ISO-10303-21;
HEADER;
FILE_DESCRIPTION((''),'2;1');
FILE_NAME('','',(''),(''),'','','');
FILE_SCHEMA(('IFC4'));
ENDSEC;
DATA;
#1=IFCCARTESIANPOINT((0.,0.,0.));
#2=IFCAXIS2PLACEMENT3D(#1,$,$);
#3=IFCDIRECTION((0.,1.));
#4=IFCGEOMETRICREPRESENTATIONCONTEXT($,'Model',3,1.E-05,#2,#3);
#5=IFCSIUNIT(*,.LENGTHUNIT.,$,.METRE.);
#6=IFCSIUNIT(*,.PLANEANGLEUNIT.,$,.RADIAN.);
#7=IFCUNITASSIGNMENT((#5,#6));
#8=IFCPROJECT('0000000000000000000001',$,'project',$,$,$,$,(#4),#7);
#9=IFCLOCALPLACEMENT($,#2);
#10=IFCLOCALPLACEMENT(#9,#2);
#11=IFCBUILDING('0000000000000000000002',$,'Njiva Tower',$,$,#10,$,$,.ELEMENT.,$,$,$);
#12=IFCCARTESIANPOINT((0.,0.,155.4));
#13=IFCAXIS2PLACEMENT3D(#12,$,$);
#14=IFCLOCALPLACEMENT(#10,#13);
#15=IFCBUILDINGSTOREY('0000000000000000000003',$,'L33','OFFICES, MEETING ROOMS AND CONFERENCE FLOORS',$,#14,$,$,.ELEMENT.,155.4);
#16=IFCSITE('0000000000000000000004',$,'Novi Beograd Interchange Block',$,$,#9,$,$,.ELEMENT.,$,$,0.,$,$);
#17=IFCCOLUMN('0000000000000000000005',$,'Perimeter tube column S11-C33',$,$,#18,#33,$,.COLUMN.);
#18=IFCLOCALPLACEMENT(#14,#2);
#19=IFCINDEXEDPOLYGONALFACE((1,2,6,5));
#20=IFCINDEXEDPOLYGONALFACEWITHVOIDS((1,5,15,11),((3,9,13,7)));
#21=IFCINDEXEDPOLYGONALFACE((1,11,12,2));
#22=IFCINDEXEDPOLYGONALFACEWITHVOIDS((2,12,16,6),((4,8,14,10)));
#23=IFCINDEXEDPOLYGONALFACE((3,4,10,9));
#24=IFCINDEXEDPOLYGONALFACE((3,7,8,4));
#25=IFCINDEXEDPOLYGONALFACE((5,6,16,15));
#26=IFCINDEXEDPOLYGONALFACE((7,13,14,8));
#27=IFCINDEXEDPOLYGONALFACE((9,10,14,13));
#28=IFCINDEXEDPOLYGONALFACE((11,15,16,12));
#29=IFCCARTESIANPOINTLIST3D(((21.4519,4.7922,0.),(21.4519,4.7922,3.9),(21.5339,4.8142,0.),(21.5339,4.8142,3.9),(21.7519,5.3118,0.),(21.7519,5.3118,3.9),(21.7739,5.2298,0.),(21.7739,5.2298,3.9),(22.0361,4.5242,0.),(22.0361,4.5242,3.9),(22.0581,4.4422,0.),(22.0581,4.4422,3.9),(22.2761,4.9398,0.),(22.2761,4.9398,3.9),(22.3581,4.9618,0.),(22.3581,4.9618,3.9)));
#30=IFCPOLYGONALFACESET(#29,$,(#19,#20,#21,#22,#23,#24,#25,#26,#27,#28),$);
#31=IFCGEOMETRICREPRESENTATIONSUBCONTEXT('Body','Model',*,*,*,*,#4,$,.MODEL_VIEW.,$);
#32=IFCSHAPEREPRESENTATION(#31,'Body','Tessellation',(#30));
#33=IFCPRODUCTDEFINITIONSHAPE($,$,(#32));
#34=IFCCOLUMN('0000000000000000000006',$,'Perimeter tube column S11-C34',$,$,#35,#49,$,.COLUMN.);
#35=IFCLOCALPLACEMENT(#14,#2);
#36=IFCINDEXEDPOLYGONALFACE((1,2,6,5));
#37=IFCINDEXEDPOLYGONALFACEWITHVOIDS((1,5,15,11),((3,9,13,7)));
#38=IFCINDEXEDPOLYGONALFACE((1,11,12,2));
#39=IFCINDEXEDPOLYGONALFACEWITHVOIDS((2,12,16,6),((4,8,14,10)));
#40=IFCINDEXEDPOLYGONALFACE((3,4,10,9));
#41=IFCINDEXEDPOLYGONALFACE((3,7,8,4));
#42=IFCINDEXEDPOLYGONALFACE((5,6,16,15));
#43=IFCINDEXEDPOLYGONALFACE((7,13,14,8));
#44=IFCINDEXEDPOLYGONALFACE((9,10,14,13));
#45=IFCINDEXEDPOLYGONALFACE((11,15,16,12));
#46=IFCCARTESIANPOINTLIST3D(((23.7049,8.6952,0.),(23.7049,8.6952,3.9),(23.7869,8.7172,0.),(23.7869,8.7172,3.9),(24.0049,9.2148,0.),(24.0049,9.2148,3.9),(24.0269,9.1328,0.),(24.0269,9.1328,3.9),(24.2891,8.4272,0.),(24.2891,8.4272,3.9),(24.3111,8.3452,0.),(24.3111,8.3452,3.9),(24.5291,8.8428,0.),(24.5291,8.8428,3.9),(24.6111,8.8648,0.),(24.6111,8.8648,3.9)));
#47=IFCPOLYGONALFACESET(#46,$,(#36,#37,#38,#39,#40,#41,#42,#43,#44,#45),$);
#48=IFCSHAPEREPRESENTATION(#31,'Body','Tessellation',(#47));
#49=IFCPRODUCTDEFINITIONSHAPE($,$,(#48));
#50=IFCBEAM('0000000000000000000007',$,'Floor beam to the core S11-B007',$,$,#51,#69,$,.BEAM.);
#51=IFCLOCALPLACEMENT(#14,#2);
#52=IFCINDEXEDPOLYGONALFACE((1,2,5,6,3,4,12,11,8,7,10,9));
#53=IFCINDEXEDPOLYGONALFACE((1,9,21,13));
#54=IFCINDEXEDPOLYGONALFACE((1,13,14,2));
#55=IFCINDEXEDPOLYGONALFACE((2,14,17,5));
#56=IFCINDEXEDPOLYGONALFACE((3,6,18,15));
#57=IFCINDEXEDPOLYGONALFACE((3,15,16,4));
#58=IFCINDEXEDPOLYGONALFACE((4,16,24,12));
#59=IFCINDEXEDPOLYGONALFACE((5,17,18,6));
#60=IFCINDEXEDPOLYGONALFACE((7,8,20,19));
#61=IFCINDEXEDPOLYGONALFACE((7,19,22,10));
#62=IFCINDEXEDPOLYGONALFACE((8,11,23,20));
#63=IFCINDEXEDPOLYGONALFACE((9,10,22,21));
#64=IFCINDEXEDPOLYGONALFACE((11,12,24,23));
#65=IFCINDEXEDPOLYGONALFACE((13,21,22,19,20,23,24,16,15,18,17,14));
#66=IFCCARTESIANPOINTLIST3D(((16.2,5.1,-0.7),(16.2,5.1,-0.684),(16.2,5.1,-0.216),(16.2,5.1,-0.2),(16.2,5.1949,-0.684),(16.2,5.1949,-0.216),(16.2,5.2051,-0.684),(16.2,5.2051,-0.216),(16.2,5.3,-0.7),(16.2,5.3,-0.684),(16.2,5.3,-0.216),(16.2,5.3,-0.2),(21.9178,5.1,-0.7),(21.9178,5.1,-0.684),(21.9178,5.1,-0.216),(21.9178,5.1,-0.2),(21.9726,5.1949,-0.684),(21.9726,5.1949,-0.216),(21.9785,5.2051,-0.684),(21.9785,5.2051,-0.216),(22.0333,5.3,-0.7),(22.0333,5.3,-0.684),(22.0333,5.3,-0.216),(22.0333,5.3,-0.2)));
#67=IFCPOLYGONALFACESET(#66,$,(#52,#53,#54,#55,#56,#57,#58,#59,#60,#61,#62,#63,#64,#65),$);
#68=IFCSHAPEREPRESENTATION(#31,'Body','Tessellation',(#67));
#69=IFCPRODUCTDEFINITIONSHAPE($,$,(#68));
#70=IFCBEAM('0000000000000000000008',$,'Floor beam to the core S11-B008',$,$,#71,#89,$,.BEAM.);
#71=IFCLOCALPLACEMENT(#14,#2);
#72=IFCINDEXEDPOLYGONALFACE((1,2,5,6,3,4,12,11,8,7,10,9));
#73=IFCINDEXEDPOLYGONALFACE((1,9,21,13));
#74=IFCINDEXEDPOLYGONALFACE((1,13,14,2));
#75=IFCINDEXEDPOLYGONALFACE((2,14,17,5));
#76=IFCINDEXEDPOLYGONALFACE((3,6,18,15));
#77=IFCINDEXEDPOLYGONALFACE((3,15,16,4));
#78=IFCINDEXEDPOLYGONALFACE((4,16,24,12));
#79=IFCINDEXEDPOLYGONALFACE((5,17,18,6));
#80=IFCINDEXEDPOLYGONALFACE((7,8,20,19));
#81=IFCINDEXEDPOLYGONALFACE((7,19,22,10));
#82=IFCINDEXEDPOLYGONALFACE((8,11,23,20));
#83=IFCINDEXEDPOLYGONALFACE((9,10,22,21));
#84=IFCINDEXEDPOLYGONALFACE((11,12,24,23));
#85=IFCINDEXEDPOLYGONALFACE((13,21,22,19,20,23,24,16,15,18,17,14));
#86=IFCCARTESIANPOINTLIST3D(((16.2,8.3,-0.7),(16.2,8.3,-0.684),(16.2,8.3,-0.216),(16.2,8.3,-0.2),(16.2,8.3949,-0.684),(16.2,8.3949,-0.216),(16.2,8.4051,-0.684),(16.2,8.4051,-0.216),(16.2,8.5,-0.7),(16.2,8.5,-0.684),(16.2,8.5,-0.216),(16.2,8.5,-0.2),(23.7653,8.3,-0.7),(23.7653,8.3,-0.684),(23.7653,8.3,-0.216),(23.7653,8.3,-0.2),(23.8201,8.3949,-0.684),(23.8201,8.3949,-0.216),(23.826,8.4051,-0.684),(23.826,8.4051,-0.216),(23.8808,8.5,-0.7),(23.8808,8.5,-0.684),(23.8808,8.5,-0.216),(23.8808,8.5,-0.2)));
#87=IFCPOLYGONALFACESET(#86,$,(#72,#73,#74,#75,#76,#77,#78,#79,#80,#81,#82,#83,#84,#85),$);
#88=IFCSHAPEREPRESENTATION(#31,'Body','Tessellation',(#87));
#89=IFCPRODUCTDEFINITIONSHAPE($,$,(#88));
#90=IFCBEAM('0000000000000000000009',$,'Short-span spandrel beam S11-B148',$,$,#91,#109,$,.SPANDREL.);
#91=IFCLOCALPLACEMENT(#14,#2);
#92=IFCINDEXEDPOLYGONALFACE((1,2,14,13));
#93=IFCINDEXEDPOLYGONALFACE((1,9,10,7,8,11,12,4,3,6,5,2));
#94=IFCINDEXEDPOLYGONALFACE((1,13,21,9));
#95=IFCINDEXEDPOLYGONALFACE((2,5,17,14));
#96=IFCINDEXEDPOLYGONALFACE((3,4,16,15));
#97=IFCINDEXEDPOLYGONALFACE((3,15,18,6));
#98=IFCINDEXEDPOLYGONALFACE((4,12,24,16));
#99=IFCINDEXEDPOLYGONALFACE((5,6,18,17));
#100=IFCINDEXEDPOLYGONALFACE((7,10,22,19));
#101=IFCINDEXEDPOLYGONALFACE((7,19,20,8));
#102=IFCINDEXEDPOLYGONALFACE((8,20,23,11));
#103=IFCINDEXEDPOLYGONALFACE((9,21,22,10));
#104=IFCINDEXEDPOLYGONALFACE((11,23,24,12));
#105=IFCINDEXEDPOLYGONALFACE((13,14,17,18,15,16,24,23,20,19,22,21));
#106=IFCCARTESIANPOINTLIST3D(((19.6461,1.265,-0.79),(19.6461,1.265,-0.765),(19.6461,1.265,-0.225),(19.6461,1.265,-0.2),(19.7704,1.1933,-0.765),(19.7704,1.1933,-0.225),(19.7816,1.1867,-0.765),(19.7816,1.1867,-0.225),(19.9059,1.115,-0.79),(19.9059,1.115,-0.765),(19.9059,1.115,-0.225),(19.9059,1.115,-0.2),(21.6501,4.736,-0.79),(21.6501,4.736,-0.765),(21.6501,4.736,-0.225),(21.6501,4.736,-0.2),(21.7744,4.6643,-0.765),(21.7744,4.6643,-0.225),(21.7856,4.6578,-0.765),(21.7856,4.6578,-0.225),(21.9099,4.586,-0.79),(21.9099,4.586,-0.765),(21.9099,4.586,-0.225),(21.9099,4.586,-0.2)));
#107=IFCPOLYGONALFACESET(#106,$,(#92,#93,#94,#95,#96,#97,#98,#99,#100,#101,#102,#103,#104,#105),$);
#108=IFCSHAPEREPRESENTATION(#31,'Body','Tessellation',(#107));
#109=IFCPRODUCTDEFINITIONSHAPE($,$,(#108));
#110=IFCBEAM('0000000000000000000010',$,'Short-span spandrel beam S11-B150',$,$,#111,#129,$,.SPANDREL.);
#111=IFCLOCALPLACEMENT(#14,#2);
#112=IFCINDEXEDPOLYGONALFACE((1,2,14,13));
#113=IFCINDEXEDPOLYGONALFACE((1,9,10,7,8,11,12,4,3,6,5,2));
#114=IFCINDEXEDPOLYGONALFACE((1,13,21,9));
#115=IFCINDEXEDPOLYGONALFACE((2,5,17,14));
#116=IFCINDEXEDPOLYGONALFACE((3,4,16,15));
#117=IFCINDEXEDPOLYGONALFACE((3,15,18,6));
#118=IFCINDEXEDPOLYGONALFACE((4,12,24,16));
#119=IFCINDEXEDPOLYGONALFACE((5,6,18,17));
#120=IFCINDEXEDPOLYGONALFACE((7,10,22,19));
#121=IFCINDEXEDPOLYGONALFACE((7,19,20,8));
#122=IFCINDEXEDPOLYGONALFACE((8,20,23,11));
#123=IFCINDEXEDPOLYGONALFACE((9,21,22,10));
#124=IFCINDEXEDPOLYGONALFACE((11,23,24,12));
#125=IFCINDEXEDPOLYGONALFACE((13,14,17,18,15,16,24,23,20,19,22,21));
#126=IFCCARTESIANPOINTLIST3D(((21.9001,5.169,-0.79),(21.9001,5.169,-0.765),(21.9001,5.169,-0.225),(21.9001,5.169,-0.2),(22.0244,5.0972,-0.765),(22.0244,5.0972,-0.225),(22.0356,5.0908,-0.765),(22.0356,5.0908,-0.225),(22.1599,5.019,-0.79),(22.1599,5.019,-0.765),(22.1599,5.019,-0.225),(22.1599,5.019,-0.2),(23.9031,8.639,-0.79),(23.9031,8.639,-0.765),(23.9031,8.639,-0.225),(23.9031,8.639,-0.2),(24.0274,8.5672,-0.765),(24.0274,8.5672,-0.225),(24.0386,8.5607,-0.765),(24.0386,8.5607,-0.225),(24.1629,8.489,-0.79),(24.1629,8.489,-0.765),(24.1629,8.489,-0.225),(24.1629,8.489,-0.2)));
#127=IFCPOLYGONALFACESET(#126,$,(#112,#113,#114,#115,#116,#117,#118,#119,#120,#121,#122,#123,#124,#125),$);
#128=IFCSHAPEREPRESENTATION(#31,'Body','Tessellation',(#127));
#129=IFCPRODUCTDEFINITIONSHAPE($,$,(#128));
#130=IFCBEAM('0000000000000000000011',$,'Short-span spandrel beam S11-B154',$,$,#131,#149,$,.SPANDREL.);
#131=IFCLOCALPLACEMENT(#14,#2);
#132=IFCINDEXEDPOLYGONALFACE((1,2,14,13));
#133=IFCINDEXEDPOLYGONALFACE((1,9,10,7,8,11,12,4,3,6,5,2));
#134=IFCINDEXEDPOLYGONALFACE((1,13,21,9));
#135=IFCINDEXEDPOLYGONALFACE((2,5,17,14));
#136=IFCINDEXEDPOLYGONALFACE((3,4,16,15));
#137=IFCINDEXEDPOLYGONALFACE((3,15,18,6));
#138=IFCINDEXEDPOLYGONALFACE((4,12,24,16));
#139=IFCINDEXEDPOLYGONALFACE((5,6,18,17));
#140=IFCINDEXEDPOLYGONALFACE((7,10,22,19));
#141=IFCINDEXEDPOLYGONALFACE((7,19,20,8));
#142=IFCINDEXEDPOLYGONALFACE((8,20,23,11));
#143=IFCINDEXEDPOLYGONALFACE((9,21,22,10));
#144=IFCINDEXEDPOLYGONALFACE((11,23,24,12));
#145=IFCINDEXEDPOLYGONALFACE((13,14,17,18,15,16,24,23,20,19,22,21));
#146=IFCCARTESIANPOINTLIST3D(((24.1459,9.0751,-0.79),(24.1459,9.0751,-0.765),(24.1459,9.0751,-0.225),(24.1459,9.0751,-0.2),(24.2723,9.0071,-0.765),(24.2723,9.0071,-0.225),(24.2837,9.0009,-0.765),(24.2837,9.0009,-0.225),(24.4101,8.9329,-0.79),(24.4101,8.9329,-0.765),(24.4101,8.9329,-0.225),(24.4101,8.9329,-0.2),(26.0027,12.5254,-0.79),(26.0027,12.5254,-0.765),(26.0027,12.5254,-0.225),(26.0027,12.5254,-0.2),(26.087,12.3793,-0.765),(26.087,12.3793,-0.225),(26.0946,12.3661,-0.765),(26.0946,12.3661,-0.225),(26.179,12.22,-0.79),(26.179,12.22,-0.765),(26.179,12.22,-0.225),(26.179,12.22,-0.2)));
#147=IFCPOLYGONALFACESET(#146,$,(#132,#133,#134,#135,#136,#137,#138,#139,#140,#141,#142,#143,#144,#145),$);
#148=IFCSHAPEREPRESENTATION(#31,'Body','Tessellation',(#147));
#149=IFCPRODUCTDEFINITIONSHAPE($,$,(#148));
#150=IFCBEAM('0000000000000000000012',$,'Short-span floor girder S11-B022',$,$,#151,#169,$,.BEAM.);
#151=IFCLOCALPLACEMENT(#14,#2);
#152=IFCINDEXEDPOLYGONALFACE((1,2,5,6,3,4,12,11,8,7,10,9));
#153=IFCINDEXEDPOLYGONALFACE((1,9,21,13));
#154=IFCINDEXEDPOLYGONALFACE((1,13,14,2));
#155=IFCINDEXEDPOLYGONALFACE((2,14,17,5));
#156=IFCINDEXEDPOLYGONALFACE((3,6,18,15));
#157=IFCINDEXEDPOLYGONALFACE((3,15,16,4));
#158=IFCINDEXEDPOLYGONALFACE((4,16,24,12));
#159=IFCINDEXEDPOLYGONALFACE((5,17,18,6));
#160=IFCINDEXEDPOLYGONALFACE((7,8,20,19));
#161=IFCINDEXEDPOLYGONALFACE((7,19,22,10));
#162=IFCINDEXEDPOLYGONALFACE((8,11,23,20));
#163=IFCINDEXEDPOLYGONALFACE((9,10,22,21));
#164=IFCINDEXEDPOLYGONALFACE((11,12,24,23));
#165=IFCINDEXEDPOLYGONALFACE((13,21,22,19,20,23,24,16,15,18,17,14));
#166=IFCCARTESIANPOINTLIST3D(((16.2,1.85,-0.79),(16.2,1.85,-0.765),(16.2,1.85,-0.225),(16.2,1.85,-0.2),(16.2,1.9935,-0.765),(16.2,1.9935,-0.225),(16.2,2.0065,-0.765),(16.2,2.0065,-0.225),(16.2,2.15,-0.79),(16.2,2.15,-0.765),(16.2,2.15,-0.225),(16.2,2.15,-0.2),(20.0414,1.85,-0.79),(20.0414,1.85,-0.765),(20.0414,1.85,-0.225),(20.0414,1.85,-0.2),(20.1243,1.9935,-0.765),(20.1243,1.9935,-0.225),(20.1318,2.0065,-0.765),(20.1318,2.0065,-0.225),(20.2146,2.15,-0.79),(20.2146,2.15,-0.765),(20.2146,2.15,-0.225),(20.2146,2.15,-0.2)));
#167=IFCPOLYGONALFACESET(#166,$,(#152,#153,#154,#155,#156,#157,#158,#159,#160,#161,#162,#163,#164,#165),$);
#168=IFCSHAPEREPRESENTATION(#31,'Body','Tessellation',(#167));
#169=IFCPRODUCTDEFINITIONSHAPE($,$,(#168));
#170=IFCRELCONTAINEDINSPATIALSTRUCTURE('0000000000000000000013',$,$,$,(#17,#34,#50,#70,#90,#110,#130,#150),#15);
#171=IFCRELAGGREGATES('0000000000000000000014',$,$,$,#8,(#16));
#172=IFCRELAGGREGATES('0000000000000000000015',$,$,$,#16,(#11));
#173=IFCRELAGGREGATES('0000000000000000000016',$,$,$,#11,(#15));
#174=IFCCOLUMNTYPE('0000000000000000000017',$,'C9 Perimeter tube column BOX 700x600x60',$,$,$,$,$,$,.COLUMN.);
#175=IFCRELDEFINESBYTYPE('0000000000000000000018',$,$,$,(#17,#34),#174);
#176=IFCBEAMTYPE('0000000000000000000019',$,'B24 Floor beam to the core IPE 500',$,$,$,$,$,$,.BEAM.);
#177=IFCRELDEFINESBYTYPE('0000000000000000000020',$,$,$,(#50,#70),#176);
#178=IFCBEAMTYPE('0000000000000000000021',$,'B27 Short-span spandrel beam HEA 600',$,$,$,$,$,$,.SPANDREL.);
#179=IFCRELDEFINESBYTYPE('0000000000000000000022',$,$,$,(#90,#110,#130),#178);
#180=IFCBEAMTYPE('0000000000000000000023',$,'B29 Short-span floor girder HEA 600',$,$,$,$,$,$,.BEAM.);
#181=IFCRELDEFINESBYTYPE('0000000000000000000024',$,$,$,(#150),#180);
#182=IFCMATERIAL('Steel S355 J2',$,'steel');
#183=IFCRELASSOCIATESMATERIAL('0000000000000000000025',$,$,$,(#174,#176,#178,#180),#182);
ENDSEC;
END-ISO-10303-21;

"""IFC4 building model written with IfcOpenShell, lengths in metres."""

from ifc_helpers import new_model, si_unit, direction, frame, origin, origin_2d, place, context, subcontext, project, spatial, hollow_rectangle, i_section, extrude, clip, halfspace, material, material_profile, profile_set, type_object, element, save


model = new_model("IFC4")

# Units and contexts
model_context = context("Model", 3, precision=1e-05, world=origin(), true_north=direction((0.0, 1.0)))
body_context = subcontext(model_context, "Body", "Model", "MODEL_VIEW")
ifc_project = project(units=[si_unit("LENGTHUNIT", "METRE"), si_unit("PLANEANGLEUNIT", "RADIAN")], contexts=[model_context])

# Site, building, storey
site_placement = place(None, origin())
site = spatial("IfcSite", under=ifc_project, at=site_placement, Name="Novi Beograd Interchange Block", CompositionType="ELEMENT", RefElevation=0.0)
building_placement = place(site_placement, origin())
building = spatial("IfcBuilding", under=site, at=building_placement, Name="Njiva Tower", CompositionType="ELEMENT")
storey_placement = place(building_placement, frame((0.0, 0.0, 155.4)))
storey = spatial("IfcBuildingStorey", under=building, at=storey_placement, Name="L33", Description="OFFICES, MEETING ROOMS AND CONFERENCE FLOORS", CompositionType="ELEMENT", Elevation=155.4)

# Columns
ifc_material_1 = material(Name="Steel S355 J2", Category="steel")
ifc_material_profile_1 = material_profile(ifc_material_1, hollow_rectangle(XDim=0.6, YDim=0.7, WallThickness=0.06, at=origin_2d()), Name="BOX 700x600x60")
ifc_profile_set_1 = profile_set([ifc_material_profile_1], Name="Steel S355 J2")
column_type = type_object("IfcColumnType", Name="C9 Perimeter tube column BOX 700x600x60", PredefinedType="COLUMN", material=ifc_profile_set_1)
for number, where, z_axis, x_axis, name in (
    (1, (21.905, 4.877, 0.0), (0.0, 0.0, 1.0), (0.5, 0.866025, 0.0), "Perimeter tube column S11-C33"),
    (2, (24.158, 8.78, 0.0), (0.0, 0.0, 1.0), (0.5, 0.866025, 0.0), "Perimeter tube column S11-C34"),
):
    element("IfcColumn", number, at=place(storey_placement, frame(where, z_axis=z_axis, x_axis=x_axis)), inside=storey, type_object=column_type, Name=name, PredefinedType="COLUMN", context=body_context, shape_type="SweptSolid", body=[
        extrude(hollow_rectangle(XDim=0.6, YDim=0.7, WallThickness=0.06, at=origin_2d()), origin(), (0.0, 0.0, 1.0), 3.9),
    ])

# Beams
ifc_material_profile_2 = material_profile(ifc_material_1, i_section(OverallWidth=0.2, OverallDepth=0.5, WebThickness=0.0102, FlangeThickness=0.016, at=origin_2d()), Name="IPE 500")
ifc_profile_set_2 = profile_set([ifc_material_profile_2], Name="Steel S355 J2")
beam_type_1 = type_object("IfcBeamType", Name="B24 Floor beam to the core IPE 500", PredefinedType="BEAM", material=ifc_profile_set_2)
beam_1_placement = place(storey_placement, frame((16.2, 5.2, -0.45), z_axis=(1.0, 0.0, 0.0), x_axis=(0.0, 1.0, 0.0)))
element("IfcBeam", 3, at=beam_1_placement, inside=storey, type_object=beam_type_1, Name="Floor beam to the core S11-B007", PredefinedType="BEAM", context=body_context, shape_type="Clipping", body=[
    clip(extrude(i_section(OverallWidth=0.2, OverallDepth=0.5, WebThickness=0.0102, FlangeThickness=0.016, at=origin_2d()), origin(), (0.0, 0.0, 1.0), 5.854), halfspace(frame((-0.025, 0.0, 5.7611), z_axis=(-0.499998, 0.0, 0.866027), x_axis=(0.0, 1.0, 0.0)), False)),
])
beam_2_placement = place(storey_placement, frame((16.2, 8.4, -0.45), z_axis=(1.0, 0.0, 0.0), x_axis=(0.0, 1.0, 0.0)))
element("IfcBeam", 4, at=beam_2_placement, inside=storey, type_object=beam_type_1, Name="Floor beam to the core S11-B008", PredefinedType="BEAM", context=body_context, shape_type="Clipping", body=[
    clip(extrude(i_section(OverallWidth=0.2, OverallDepth=0.5, WebThickness=0.0102, FlangeThickness=0.016, at=origin_2d()), origin(), (0.0, 0.0, 1.0), 7.701), halfspace(frame((-0.025, 0.0, 7.6086), z_axis=(-0.499998, 0.0, 0.866027), x_axis=(0.0, 1.0, 0.0)), False)),
])
ifc_material_profile_3 = material_profile(ifc_material_1, i_section(OverallWidth=0.3, OverallDepth=0.59, WebThickness=0.013, FlangeThickness=0.025, at=origin_2d()), Name="HEA 600")
ifc_profile_set_3 = profile_set([ifc_material_profile_3], Name="Steel S355 J2")
beam_type_2 = type_object("IfcBeamType", Name="B27 Short-span spandrel beam HEA 600", PredefinedType="SPANDREL", material=ifc_profile_set_3)
beam_3_placement = place(storey_placement, frame((19.776, 1.19, -0.495), z_axis=(0.500003, 0.866024, 0.0), x_axis=(-0.866024, 0.500003, 0.0)))
element("IfcBeam", 5, at=beam_3_placement, inside=storey, type_object=beam_type_2, Name="Short-span spandrel beam S11-B148", PredefinedType="SPANDREL", context=body_context, shape_type="SweptSolid", body=[
    extrude(i_section(OverallWidth=0.3, OverallDepth=0.59, WebThickness=0.013, FlangeThickness=0.025, at=origin_2d()), origin(), (0.0, 0.0, 1.0), 4.008),
])
beam_4_placement = place(storey_placement, frame((22.03, 5.094, -0.495), z_axis=(0.499924, 0.866069, 0.0), x_axis=(-0.866069, 0.499924, 0.0)))
element("IfcBeam", 6, at=beam_4_placement, inside=storey, type_object=beam_type_2, Name="Short-span spandrel beam S11-B150", PredefinedType="SPANDREL", context=body_context, shape_type="SweptSolid", body=[
    extrude(i_section(OverallWidth=0.3, OverallDepth=0.59, WebThickness=0.013, FlangeThickness=0.025, at=origin_2d()), origin(), (0.0, 0.0, 1.0), 4.0066),
])
beam_5_placement = place(storey_placement, frame((24.278, 9.004, -0.495), z_axis=(0.473882, 0.880589, 0.0), x_axis=(-0.880589, 0.473882, 0.0)))
element("IfcBeam", 7, at=beam_5_placement, inside=storey, type_object=beam_type_2, Name="Short-span spandrel beam S11-B154", PredefinedType="SPANDREL", context=body_context, shape_type="Clipping", body=[
    clip(extrude(i_section(OverallWidth=0.3, OverallDepth=0.59, WebThickness=0.013, FlangeThickness=0.025, at=origin_2d()), origin(), (0.0, 0.0, 1.0), 3.9389), halfspace(frame((-0.0262, 0.0, 3.8093), z_axis=(-0.525673, 0.0, 0.850687), x_axis=(0.0, 1.0, 0.0)), False)),
])
ifc_material_profile_4 = material_profile(ifc_material_1, i_section(OverallWidth=0.3, OverallDepth=0.59, WebThickness=0.013, FlangeThickness=0.025, at=origin_2d()), Name="HEA 600")
ifc_profile_set_4 = profile_set([ifc_material_profile_4], Name="Steel S355 J2")
beam_type_3 = type_object("IfcBeamType", Name="B29 Short-span floor girder HEA 600", PredefinedType="BEAM", material=ifc_profile_set_4)
beam_6_placement = place(storey_placement, frame((16.2, 2.0, -0.495), z_axis=(1.0, 0.0, 0.0), x_axis=(0.0, 1.0, 0.0)))
element("IfcBeam", 8, at=beam_6_placement, inside=storey, type_object=beam_type_3, Name="Short-span floor girder S11-B022", PredefinedType="BEAM", context=body_context, shape_type="Clipping", body=[
    clip(extrude(i_section(OverallWidth=0.3, OverallDepth=0.59, WebThickness=0.013, FlangeThickness=0.025, at=origin_2d()), origin(), (0.0, 0.0, 1.0), 4.035), halfspace(frame((-0.025, 0.0, 3.9136), z_axis=(-0.499998, 0.0, 0.866027), x_axis=(0.0, 1.0, 0.0)), False)),
])

save(model, "model.ifc")
